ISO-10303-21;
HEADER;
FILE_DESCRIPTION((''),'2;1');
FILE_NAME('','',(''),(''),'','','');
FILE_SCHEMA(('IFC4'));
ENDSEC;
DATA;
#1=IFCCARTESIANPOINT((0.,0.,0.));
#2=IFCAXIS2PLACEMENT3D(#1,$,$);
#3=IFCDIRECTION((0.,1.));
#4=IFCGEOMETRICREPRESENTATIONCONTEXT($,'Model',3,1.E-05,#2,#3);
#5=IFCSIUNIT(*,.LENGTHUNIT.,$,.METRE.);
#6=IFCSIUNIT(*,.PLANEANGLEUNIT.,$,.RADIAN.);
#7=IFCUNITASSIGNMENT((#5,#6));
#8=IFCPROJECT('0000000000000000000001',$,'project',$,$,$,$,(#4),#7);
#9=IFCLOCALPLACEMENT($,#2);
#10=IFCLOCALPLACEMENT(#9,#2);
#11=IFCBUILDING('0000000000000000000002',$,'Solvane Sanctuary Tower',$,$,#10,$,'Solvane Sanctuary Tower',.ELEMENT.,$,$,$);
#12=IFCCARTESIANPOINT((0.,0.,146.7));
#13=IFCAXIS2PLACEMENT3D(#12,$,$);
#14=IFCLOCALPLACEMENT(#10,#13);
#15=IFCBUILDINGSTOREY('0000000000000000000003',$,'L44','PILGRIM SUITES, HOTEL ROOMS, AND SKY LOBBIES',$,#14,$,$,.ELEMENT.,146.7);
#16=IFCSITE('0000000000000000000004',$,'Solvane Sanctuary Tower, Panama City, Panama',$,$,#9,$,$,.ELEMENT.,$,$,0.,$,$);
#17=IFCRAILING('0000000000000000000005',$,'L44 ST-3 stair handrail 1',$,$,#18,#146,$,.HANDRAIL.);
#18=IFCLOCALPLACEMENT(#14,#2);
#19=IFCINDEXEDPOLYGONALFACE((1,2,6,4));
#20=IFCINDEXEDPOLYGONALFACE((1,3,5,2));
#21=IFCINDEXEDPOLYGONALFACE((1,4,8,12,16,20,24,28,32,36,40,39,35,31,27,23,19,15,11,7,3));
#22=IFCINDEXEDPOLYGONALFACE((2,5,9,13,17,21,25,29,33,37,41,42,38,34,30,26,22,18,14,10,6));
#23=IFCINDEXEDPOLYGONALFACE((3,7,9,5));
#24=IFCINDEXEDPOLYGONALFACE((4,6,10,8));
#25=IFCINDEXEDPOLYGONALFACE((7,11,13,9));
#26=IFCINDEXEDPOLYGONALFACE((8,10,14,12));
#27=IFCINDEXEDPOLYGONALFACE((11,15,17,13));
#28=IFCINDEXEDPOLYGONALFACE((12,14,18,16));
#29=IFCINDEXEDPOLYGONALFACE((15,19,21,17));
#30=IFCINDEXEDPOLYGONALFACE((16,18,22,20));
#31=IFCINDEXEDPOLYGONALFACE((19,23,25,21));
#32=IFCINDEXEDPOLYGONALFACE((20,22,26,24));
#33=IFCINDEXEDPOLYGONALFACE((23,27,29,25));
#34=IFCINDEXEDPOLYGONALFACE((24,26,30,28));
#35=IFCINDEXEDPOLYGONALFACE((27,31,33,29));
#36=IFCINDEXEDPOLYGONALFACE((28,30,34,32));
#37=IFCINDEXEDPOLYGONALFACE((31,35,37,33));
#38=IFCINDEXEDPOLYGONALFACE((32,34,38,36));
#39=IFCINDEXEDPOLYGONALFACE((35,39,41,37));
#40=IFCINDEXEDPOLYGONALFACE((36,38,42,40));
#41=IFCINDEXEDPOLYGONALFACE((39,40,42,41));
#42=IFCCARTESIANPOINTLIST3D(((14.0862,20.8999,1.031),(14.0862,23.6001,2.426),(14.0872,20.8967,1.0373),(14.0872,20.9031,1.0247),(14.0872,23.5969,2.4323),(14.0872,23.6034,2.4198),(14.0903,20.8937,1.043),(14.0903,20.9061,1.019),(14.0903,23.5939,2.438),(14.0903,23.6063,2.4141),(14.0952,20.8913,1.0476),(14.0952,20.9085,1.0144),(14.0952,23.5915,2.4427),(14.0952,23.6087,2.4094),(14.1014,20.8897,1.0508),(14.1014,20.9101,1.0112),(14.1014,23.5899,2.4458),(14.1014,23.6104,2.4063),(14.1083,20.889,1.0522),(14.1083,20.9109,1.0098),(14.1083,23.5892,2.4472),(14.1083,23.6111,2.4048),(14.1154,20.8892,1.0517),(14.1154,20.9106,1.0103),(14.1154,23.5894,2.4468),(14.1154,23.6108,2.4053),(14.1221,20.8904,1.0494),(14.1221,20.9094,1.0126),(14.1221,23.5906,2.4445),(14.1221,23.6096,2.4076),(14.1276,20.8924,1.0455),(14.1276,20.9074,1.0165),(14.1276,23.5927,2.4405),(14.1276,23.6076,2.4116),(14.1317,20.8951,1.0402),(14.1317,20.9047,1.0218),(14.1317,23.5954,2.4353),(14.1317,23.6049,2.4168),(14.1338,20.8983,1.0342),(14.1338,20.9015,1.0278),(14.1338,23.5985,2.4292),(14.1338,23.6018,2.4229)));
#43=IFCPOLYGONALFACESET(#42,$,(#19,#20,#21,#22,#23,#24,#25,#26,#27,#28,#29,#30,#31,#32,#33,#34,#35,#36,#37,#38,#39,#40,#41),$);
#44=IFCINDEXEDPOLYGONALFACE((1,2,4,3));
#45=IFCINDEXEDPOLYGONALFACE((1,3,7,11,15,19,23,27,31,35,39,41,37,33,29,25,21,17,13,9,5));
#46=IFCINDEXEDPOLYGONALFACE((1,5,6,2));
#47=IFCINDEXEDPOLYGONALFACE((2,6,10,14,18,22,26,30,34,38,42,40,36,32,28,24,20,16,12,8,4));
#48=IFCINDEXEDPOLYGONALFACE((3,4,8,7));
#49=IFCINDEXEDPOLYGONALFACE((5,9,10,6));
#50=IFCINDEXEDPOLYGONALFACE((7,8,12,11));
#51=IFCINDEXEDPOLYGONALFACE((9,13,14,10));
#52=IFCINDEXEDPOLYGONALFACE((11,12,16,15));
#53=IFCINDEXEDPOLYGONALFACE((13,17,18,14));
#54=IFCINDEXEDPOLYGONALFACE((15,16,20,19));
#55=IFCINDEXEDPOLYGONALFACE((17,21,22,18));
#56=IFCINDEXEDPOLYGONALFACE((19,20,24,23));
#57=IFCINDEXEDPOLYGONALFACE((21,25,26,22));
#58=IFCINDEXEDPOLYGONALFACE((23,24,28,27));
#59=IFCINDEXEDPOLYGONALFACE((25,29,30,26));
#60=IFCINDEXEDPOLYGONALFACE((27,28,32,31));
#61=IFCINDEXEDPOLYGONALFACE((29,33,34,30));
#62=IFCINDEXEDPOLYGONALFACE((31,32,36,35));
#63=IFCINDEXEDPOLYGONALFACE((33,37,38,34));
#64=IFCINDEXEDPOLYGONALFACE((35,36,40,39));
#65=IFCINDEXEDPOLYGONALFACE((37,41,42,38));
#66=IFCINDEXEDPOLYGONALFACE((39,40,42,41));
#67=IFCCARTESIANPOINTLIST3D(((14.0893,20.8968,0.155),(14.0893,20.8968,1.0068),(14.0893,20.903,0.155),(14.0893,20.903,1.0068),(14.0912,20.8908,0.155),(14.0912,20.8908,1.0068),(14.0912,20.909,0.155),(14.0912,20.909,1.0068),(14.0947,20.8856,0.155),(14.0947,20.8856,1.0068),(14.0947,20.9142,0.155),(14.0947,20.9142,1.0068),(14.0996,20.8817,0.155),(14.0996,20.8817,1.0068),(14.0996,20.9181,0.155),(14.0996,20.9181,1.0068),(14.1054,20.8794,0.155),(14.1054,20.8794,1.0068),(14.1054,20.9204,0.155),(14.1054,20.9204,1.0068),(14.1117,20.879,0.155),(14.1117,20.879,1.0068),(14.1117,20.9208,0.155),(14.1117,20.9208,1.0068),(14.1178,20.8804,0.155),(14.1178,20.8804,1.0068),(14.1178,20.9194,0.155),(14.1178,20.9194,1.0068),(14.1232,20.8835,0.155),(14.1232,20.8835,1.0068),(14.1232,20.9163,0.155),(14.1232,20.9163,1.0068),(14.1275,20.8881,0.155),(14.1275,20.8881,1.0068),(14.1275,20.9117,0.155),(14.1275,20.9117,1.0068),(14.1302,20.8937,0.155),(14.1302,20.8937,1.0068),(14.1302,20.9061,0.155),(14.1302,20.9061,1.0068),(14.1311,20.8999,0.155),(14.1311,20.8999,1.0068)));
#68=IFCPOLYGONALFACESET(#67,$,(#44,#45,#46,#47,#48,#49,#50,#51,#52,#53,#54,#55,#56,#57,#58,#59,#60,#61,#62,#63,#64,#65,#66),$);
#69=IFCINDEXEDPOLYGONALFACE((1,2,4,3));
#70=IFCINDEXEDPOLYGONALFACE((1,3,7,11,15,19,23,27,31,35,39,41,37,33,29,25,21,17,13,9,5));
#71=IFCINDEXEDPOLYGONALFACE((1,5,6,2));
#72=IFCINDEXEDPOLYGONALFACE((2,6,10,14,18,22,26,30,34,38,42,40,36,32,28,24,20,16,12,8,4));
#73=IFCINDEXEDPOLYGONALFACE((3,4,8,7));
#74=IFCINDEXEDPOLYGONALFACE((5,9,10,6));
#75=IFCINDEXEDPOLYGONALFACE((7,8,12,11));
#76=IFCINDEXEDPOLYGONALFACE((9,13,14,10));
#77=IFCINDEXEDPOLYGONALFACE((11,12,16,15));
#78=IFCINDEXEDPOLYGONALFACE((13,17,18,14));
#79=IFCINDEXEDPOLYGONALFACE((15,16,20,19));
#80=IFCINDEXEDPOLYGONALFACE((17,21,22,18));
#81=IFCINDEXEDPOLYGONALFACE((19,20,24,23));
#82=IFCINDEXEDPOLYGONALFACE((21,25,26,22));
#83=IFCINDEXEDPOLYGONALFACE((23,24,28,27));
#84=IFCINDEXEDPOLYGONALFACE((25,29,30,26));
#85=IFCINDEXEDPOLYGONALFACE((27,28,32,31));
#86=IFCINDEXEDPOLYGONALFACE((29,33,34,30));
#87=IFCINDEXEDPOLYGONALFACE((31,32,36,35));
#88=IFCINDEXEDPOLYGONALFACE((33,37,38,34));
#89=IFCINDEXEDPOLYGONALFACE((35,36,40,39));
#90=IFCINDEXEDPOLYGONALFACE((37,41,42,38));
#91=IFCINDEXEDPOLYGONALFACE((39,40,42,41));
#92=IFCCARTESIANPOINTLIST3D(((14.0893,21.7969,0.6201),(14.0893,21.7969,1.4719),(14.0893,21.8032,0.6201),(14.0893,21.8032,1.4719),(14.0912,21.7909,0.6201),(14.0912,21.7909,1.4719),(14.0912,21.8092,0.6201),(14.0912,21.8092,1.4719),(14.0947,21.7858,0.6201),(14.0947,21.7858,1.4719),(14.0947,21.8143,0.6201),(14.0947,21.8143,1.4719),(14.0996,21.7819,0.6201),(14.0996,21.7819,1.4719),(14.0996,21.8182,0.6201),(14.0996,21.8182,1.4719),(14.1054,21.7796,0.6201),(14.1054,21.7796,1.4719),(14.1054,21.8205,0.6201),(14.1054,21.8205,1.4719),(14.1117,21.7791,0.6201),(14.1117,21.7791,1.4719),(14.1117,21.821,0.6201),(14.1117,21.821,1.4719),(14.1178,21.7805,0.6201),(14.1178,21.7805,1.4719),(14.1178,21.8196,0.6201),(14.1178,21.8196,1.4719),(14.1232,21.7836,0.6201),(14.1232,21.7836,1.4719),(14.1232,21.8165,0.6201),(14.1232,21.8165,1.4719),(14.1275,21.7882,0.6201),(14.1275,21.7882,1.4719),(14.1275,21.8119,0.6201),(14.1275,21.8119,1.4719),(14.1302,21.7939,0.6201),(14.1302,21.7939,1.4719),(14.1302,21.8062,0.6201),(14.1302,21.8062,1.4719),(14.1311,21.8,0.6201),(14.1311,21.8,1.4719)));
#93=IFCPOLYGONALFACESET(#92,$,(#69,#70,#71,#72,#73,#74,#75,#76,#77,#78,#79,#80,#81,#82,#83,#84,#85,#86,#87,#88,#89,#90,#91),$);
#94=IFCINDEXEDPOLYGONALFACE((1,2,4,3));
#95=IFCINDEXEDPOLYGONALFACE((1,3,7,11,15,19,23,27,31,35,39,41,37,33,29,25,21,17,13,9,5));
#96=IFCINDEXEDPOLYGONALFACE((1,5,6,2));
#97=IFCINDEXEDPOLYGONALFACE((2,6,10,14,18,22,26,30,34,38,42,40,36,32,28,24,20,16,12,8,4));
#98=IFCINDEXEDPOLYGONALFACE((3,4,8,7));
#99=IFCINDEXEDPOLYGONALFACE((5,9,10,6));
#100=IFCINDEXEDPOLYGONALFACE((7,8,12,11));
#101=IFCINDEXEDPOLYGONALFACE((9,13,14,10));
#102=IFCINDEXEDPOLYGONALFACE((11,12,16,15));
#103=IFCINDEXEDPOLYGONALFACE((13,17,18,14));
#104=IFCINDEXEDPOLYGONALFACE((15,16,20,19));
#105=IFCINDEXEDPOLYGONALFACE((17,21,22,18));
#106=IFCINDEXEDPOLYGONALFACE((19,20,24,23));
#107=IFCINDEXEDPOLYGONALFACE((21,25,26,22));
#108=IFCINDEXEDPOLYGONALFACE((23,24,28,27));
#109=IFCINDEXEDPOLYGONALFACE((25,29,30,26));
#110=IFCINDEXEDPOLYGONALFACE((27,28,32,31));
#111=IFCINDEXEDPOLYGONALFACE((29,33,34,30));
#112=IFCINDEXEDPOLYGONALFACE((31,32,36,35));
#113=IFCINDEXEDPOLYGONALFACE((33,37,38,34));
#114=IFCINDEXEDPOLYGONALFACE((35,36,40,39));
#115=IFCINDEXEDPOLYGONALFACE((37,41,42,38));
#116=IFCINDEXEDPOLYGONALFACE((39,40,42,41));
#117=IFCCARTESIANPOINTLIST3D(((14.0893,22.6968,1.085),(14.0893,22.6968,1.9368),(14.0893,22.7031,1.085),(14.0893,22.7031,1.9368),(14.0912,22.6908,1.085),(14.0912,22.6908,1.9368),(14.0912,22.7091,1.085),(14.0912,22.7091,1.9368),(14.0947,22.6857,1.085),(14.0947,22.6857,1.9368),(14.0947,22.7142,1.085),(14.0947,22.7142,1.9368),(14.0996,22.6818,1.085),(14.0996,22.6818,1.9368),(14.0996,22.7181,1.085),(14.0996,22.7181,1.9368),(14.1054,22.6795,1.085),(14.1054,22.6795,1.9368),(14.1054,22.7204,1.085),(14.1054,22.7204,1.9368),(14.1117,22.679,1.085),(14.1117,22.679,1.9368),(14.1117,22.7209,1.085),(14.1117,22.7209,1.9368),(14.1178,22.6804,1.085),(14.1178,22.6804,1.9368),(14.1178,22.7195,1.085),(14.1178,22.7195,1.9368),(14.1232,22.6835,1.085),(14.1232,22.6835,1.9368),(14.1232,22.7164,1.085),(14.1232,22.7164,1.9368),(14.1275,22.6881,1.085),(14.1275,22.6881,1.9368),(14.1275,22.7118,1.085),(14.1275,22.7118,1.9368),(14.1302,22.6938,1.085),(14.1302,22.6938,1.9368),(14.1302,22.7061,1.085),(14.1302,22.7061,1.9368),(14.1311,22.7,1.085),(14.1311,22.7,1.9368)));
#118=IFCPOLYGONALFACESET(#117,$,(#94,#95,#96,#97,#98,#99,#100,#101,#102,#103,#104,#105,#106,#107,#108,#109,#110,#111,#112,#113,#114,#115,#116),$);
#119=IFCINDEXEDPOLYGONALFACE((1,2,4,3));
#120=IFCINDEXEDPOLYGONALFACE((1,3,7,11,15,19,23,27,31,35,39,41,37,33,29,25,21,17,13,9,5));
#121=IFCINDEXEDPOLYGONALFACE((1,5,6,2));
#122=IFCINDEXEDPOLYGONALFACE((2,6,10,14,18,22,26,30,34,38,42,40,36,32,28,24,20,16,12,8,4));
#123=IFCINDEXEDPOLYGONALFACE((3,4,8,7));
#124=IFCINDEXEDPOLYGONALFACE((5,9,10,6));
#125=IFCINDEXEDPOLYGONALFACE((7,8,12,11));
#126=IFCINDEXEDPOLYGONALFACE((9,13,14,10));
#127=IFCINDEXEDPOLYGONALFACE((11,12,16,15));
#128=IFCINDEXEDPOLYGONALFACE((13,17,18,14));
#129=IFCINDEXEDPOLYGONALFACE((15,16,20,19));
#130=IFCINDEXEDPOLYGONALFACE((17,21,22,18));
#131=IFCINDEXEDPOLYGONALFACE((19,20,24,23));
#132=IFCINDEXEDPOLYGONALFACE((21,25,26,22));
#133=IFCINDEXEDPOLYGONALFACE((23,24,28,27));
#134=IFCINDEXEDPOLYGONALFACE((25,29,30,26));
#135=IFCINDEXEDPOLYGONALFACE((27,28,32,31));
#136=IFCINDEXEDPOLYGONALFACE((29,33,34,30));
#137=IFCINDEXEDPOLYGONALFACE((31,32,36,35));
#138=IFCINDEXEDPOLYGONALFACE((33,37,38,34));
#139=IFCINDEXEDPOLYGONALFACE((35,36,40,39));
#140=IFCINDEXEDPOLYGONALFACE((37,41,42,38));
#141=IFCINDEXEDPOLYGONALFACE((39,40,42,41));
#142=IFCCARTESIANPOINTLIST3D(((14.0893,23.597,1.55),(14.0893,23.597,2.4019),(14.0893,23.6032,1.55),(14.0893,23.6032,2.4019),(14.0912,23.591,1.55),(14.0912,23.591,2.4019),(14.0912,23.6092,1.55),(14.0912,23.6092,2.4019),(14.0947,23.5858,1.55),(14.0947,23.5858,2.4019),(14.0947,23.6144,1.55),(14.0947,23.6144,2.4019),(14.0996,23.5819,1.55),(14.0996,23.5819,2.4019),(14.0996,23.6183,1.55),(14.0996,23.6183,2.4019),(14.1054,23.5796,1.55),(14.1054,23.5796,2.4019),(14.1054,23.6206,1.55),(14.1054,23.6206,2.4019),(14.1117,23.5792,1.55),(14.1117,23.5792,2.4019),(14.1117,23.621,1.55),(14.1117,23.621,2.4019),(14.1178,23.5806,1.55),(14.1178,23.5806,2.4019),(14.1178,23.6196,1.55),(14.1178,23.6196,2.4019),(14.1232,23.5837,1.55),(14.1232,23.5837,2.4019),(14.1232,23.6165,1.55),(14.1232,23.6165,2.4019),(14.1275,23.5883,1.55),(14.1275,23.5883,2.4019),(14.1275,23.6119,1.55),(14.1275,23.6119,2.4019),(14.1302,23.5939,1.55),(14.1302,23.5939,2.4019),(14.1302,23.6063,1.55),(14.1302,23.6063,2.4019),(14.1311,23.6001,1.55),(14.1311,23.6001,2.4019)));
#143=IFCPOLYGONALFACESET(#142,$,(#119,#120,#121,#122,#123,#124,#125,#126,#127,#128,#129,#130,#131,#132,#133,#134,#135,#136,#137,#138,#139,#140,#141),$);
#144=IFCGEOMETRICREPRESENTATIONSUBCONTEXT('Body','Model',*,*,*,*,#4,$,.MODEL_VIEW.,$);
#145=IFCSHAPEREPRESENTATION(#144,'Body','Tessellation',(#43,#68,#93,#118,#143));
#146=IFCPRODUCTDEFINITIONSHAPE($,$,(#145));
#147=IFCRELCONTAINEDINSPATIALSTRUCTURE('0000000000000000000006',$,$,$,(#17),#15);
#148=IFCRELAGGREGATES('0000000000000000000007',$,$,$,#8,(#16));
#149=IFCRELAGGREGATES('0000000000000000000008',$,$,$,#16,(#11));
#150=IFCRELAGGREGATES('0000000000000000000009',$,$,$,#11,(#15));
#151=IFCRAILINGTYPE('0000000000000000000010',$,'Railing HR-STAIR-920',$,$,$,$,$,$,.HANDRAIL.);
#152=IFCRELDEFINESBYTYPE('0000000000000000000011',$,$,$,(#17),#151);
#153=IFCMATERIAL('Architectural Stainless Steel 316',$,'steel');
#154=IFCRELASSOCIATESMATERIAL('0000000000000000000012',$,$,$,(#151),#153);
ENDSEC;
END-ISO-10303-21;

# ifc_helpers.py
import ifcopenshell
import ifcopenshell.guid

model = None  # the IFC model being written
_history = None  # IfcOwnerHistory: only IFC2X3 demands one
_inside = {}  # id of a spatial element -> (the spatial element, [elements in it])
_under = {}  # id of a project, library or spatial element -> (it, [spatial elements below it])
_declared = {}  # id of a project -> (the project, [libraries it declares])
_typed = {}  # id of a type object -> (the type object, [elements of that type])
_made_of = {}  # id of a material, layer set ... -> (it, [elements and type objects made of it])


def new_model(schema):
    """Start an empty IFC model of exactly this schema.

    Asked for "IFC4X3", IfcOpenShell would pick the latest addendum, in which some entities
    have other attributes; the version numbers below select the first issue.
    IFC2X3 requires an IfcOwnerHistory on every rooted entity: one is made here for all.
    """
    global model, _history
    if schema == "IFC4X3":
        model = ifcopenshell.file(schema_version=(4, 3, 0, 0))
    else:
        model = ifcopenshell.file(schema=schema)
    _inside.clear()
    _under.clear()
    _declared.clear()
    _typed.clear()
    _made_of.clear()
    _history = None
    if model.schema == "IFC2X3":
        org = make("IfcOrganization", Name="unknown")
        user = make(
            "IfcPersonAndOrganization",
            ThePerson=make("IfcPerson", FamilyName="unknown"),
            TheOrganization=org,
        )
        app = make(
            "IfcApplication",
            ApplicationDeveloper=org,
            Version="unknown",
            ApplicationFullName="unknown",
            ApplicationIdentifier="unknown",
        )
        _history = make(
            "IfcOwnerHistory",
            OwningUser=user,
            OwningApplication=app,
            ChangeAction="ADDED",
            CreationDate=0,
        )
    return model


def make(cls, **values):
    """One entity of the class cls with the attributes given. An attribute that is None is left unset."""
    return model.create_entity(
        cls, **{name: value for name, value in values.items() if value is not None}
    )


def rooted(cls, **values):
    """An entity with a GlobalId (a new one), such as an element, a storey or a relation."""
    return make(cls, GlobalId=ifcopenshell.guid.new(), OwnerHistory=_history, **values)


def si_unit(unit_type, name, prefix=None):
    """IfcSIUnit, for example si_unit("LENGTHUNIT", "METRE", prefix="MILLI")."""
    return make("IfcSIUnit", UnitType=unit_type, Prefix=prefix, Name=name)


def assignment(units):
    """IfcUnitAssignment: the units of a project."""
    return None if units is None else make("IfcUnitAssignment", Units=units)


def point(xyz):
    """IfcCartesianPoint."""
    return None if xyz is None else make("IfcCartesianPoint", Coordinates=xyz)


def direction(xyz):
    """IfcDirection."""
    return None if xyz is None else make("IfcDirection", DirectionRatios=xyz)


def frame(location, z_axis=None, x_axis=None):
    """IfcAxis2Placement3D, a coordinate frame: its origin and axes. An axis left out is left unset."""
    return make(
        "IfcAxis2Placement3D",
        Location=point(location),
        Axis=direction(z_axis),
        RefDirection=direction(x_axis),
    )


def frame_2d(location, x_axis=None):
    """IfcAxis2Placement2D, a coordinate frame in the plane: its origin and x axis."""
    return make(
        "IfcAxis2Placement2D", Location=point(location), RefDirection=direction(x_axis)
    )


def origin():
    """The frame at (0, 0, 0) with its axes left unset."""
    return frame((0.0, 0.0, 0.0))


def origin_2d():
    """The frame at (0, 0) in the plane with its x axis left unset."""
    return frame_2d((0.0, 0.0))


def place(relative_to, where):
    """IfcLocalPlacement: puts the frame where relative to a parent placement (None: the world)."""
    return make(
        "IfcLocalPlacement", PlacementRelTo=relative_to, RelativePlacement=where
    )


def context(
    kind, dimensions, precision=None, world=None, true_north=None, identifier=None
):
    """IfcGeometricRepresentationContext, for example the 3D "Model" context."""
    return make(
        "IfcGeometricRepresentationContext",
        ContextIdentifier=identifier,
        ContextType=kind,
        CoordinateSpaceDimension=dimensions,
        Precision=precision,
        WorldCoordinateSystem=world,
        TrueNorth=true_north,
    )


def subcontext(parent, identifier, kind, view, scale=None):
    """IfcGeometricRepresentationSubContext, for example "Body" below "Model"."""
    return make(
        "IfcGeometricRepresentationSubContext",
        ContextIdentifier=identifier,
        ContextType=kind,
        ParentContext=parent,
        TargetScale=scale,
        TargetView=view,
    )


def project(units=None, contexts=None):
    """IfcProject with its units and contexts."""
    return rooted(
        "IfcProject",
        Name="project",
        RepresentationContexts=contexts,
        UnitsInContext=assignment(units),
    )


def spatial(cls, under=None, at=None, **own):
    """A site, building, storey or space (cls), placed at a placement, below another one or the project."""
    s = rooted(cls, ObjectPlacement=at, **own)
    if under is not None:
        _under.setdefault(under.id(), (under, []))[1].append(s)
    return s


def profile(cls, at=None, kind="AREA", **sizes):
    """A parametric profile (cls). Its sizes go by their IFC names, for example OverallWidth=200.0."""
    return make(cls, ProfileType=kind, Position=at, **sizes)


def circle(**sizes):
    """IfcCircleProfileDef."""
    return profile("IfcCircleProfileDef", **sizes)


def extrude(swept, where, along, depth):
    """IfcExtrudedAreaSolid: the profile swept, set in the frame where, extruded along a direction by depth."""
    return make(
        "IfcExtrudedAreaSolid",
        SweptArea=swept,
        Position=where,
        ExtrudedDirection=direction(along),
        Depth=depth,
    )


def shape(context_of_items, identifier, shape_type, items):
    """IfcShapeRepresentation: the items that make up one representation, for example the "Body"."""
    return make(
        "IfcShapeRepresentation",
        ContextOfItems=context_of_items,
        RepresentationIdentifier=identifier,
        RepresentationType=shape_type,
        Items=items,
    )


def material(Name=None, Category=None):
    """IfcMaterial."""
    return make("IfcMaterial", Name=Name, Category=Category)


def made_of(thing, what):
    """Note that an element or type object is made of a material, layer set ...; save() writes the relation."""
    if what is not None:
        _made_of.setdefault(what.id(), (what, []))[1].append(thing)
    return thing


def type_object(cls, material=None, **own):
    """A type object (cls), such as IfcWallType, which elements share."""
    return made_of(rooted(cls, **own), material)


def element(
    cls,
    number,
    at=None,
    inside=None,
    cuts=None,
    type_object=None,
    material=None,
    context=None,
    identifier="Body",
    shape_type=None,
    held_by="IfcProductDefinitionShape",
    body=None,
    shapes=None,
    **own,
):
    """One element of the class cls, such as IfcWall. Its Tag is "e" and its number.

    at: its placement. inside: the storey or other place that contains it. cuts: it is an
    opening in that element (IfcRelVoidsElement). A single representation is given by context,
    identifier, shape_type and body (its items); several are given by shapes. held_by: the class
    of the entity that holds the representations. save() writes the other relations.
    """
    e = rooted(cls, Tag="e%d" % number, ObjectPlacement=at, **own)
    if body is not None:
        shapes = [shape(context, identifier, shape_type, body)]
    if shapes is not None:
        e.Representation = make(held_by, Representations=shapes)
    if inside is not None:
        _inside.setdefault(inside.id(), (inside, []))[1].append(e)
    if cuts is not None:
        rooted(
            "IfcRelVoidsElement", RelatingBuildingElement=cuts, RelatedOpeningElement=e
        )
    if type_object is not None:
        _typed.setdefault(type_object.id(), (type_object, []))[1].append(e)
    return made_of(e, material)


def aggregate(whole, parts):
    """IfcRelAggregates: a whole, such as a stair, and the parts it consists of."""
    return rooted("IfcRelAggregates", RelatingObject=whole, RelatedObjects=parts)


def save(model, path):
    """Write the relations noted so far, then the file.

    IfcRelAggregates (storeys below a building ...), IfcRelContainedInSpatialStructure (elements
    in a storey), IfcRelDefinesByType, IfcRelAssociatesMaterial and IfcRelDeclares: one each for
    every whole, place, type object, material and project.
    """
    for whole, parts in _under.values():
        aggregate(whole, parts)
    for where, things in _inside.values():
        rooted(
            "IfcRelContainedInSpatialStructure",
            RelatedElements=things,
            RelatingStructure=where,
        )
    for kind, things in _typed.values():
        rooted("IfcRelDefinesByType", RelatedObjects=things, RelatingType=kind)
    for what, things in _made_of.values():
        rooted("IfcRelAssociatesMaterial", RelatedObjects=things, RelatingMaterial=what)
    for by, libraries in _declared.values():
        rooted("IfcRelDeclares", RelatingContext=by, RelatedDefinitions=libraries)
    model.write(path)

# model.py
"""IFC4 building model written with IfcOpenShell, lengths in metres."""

from ifc_helpers import new_model, si_unit, direction, frame, origin, origin_2d, place, context, subcontext, project, spatial, circle, extrude, material, type_object, element, save


model = new_model("IFC4")

# Units and contexts
model_context = context("Model", 3, precision=1e-05, world=origin(), true_north=direction((0.0, 1.0)))
body_context = subcontext(model_context, "Body", "Model", "MODEL_VIEW")
ifc_project = project(units=[si_unit("LENGTHUNIT", "METRE"), si_unit("PLANEANGLEUNIT", "RADIAN")], contexts=[model_context])

# Site, building, storey
site_placement = place(None, origin())
site = spatial("IfcSite", under=ifc_project, at=site_placement, Name="Solvane Sanctuary Tower, Panama City, Panama", CompositionType="ELEMENT", RefElevation=0.0)
building_placement = place(site_placement, origin())
building = spatial("IfcBuilding", under=site, at=building_placement, Name="Solvane Sanctuary Tower", LongName="Solvane Sanctuary Tower", CompositionType="ELEMENT")
storey_placement = place(building_placement, frame((0.0, 0.0, 146.7)))
storey = spatial("IfcBuildingStorey", under=building, at=storey_placement, Name="L44", Description="PILGRIM SUITES, HOTEL ROOMS, AND SKY LOBBIES", CompositionType="ELEMENT", Elevation=146.7)

# Railing
ifc_material_1 = material(Name="Architectural Stainless Steel 316", Category="steel")
railing_type_1 = type_object("IfcRailingType", Name="Railing HR-STAIR-920", PredefinedType="HANDRAIL", material=ifc_material_1)
railing_1_placement = place(storey_placement, frame((14.1101, 20.8999, 0.155)))
element("IfcRailing", 1, at=railing_1_placement, inside=storey, type_object=railing_type_1, Name="L44 ST-3 stair handrail 1", PredefinedType="HANDRAIL", context=body_context, shape_type="SweptSolid", body=[
    extrude(circle(Radius=0.0239, at=origin_2d()), frame((0.0, 0.0, 0.876), z_axis=(0.0, 0.888437, 0.458999), x_axis=(-1.0, 0.0, 0.0)), (0.0, 0.0, 1.0), 3.0393),
    extrude(circle(Radius=0.021, at=origin_2d()), origin(), (0.0, 0.0, 1.0), 0.8518),
    extrude(circle(Radius=0.021, at=origin_2d()), frame((0.0, 0.9001, 0.4651)), (0.0, 0.0, 1.0), 0.8518),
    extrude(circle(Radius=0.021, at=origin_2d()), frame((0.0, 1.8, 0.9299)), (0.0, 0.0, 1.0), 0.8518),
    extrude(circle(Radius=0.021, at=origin_2d()), frame((0.0, 2.7002, 1.395)), (0.0, 0.0, 1.0), 0.8518),
])

save(model, "model.ifc")
